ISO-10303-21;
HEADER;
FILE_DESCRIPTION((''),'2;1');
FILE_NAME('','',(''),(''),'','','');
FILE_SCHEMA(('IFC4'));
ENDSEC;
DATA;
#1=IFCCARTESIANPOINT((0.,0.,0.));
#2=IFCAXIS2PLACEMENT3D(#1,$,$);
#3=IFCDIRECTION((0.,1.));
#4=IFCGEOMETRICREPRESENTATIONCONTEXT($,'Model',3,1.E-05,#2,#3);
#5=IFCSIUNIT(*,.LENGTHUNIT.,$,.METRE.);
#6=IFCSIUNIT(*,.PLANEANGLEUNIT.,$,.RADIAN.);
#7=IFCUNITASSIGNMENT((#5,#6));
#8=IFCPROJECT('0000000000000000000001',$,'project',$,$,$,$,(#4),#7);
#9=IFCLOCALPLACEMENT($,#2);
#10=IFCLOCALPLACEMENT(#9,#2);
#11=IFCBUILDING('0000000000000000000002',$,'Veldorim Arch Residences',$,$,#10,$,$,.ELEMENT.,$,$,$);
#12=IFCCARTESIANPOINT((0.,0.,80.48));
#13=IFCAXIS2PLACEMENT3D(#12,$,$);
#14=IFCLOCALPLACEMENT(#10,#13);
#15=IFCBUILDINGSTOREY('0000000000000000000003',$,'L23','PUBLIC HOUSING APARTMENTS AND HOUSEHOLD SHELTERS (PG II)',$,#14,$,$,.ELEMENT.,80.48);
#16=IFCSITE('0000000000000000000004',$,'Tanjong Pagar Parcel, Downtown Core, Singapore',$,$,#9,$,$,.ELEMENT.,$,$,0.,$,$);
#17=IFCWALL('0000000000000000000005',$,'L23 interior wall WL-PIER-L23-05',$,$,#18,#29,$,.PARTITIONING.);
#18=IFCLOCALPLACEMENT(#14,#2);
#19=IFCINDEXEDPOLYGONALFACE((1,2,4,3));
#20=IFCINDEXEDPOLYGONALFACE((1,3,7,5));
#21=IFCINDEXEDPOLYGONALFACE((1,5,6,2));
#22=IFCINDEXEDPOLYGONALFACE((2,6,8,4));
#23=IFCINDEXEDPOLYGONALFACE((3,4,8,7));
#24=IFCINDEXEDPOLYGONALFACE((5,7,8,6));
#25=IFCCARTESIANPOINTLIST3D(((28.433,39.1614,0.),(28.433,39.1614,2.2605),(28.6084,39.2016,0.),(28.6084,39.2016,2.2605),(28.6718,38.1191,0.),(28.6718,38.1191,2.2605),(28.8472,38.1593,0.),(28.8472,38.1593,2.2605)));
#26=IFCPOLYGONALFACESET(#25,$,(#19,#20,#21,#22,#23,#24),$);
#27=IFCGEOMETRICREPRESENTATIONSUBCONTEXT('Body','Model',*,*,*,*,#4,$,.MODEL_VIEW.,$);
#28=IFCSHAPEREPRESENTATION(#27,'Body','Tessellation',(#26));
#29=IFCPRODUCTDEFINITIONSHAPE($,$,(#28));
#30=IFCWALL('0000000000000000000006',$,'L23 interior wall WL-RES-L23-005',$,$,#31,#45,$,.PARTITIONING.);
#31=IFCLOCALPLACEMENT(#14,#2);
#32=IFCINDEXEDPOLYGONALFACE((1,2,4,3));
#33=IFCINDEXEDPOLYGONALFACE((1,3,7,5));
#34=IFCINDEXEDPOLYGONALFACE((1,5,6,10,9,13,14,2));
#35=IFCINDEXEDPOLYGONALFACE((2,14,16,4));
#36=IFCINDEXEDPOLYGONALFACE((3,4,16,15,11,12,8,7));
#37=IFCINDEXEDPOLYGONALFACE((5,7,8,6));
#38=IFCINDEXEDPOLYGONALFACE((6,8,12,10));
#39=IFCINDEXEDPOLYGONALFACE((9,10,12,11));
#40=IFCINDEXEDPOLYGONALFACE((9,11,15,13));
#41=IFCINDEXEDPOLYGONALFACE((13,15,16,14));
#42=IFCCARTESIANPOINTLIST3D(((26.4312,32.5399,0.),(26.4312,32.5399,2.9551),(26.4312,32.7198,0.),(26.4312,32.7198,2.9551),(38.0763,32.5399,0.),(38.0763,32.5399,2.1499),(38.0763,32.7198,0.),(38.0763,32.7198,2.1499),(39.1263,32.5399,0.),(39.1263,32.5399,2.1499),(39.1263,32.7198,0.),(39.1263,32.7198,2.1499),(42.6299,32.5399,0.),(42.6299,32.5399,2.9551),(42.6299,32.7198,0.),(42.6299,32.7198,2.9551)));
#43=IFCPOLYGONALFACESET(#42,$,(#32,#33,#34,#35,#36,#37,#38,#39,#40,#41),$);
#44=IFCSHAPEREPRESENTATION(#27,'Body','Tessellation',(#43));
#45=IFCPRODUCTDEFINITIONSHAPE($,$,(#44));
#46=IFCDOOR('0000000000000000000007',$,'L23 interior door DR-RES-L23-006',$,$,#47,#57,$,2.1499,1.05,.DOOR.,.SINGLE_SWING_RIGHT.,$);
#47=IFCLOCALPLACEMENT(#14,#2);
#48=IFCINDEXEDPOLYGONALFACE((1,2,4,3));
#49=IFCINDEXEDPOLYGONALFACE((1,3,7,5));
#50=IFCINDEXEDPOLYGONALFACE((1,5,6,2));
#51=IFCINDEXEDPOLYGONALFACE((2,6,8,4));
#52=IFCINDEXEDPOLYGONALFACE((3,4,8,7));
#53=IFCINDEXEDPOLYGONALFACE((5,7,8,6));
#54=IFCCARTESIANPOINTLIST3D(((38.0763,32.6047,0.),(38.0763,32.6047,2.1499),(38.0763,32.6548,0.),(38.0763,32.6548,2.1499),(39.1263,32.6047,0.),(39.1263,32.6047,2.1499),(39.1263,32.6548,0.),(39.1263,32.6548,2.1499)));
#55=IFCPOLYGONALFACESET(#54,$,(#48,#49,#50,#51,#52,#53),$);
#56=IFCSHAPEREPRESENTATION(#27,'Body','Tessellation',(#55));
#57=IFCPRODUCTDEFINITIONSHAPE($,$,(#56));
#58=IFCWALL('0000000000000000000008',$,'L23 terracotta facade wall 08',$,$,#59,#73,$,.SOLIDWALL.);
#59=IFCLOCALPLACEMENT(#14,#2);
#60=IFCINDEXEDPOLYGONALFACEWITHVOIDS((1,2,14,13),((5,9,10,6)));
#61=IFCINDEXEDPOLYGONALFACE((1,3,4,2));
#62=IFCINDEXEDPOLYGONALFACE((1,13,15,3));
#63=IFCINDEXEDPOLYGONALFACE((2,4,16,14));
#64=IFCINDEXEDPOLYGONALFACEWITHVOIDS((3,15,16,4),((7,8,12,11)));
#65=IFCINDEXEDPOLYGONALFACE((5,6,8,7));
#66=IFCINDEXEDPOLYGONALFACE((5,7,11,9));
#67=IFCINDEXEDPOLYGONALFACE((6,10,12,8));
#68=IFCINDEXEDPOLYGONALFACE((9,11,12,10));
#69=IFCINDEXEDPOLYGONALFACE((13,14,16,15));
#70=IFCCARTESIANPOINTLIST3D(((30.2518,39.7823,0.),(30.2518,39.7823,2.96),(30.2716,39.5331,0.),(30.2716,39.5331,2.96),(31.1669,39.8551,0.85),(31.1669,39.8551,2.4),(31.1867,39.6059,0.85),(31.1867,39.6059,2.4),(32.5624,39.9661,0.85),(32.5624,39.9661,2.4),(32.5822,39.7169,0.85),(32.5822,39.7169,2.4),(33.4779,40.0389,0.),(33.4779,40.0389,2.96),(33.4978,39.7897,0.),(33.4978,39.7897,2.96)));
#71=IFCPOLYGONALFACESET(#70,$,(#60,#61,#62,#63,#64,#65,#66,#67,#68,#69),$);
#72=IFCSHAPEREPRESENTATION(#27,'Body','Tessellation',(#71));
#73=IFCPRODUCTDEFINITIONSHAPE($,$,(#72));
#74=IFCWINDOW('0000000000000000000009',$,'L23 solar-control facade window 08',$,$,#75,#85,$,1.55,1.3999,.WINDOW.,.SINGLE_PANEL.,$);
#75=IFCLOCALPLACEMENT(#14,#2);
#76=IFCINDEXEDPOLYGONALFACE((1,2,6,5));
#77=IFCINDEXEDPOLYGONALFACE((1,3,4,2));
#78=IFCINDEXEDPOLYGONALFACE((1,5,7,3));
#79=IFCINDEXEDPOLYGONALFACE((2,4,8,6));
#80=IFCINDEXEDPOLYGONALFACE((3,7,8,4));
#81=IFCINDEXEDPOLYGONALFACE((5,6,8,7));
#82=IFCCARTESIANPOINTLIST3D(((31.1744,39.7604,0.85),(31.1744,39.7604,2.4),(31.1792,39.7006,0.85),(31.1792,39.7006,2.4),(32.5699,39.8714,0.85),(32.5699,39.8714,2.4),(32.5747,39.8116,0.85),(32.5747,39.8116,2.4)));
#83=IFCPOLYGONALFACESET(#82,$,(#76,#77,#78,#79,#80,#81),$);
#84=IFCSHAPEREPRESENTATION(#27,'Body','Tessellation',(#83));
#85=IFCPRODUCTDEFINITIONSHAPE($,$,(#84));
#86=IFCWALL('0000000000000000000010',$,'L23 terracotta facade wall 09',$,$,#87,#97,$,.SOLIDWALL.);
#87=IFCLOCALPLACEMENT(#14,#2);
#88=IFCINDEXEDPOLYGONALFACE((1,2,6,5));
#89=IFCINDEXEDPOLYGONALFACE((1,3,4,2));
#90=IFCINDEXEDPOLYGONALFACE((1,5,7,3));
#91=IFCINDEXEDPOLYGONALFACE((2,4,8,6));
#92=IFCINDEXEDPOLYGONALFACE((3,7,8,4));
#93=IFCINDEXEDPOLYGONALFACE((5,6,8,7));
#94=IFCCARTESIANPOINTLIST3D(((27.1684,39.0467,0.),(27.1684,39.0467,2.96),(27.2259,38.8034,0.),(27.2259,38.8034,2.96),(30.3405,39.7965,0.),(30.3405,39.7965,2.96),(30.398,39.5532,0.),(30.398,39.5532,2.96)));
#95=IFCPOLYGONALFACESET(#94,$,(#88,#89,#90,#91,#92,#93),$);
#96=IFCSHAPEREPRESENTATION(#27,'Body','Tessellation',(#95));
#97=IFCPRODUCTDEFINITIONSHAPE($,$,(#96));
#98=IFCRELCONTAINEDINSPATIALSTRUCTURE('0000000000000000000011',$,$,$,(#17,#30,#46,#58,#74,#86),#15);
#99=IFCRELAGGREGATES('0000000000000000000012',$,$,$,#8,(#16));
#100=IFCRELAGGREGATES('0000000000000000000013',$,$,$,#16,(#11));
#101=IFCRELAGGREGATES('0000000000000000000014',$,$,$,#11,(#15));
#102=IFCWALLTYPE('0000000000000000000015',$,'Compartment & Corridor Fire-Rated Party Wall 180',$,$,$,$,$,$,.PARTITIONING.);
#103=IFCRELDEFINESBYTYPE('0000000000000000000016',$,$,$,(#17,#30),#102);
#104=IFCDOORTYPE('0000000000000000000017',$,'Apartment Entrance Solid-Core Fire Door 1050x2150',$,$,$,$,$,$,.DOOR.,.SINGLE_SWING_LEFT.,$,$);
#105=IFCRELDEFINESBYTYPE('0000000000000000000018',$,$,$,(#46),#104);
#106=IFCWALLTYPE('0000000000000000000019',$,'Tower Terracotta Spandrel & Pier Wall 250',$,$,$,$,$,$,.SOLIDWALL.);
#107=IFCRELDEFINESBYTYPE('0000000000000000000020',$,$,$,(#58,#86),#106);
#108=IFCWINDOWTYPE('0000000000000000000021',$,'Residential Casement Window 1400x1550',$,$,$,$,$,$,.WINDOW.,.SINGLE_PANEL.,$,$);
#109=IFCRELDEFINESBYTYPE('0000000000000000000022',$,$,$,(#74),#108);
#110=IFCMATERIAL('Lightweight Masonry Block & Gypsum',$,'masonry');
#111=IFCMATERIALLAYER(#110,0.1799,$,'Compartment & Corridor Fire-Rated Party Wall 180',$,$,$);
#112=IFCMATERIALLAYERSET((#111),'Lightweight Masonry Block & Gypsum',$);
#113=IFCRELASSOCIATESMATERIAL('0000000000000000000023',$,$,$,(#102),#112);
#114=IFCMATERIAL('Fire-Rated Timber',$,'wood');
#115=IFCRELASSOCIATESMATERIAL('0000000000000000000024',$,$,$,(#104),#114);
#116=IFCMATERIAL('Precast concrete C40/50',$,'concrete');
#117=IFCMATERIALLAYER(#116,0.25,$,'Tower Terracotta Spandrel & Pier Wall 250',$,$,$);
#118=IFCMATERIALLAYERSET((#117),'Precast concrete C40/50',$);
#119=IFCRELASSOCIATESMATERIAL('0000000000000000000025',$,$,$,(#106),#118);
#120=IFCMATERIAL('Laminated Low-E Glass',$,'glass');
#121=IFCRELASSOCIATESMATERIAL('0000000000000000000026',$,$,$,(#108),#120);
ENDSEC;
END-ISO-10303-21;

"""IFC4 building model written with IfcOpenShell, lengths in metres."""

from ifc_helpers import new_model, si_unit, direction, frame, frame_2d, origin, place, context, subcontext, project, spatial, rectangle, extrude, material, layer, layer_set, type_object, element, fill, save


model = new_model("IFC4")

# Units and contexts
model_context = context("Model", 3, precision=1e-05, world=origin(), true_north=direction((0.0, 1.0)))
body_context = subcontext(model_context, "Body", "Model", "MODEL_VIEW")
ifc_project = project(units=[si_unit("LENGTHUNIT", "METRE"), si_unit("PLANEANGLEUNIT", "RADIAN")], contexts=[model_context])

# Site, building, storey
site_placement = place(None, origin())
site = spatial("IfcSite", under=ifc_project, at=site_placement, Name="Tanjong Pagar Parcel, Downtown Core, Singapore", CompositionType="ELEMENT", RefElevation=0.0)
building_placement = place(site_placement, origin())
building = spatial("IfcBuilding", under=site, at=building_placement, Name="Veldorim Arch Residences", CompositionType="ELEMENT")
storey_placement = place(building_placement, frame((0.0, 0.0, 80.48)))
storey = spatial("IfcBuildingStorey", under=building, at=storey_placement, Name="L23", Description="PUBLIC HOUSING APARTMENTS AND HOUSEHOLD SHELTERS (PG II)", CompositionType="ELEMENT", Elevation=80.48)

# Wall
ifc_material_1 = material(Name="Lightweight Masonry Block & Gypsum", Category="masonry")
ifc_layer_1 = layer(ifc_material_1, 0.1799, Name="Compartment & Corridor Fire-Rated Party Wall 180")
ifc_layer_set_1 = layer_set([ifc_layer_1], Name="Lightweight Masonry Block & Gypsum")
wall_type_1 = type_object("IfcWallType", Name="Compartment & Corridor Fire-Rated Party Wall 180", PredefinedType="PARTITIONING", material=ifc_layer_set_1)
wall_1_placement = place(storey_placement, frame((28.7595, 38.1392, 0.0), z_axis=(0.0, 0.0, 1.0), x_axis=(-0.223308, 0.974748, 0.0)))
element("IfcWall", 1, at=wall_1_placement, inside=storey, type_object=wall_type_1, Name="L23 interior wall WL-PIER-L23-05", PredefinedType="PARTITIONING", context=body_context, shape_type="SweptSolid", body=[
    extrude(rectangle(XDim=1.0693, YDim=0.1799, at=frame_2d((0.5347, 0.0))), origin(), (0.0, 0.0, 1.0), 2.2605),
])

# Wall, opening, door
wall_2_placement = place(storey_placement, frame((26.4312, 32.6299, 0.0), z_axis=(0.0, 0.0, 1.0), x_axis=(1.0, 0.0, 0.0)))
wall_2 = element("IfcWall", 2, at=wall_2_placement, inside=storey, type_object=wall_type_1, Name="L23 interior wall WL-RES-L23-005", PredefinedType="PARTITIONING", context=body_context, shape_type="SweptSolid", body=[
    extrude(rectangle(XDim=16.1987, YDim=0.1799, at=frame_2d((8.0994, 0.0))), origin(), (0.0, 0.0, 1.0), 2.9551),
])
opening_1_placement = place(wall_2_placement, frame((11.6453, 0.0, 0.0)))
opening_1 = element("IfcOpeningElement", 3, at=opening_1_placement, cuts=wall_2, PredefinedType="OPENING", context=body_context, shape_type="SweptSolid", body=[
    extrude(rectangle(XDim=1.05, YDim=2.1499, at=frame_2d((0.5249, 1.075))), frame((0.0, 0.0999, 0.0), z_axis=(0.0, -1.0, 0.0), x_axis=(1.0, 0.0, 0.0)), (0.0, 0.0, 1.0), 0.2),
])
ifc_material_2 = material(Name="Fire-Rated Timber", Category="wood")
door_type_1 = type_object("IfcDoorType", Name="Apartment Entrance Solid-Core Fire Door 1050x2150", OperationType="SINGLE_SWING_LEFT", PredefinedType="DOOR", material=ifc_material_2)
door_1_placement = place(opening_1_placement, origin())
door_1 = element("IfcDoor", 4, at=door_1_placement, inside=storey, type_object=door_type_1, Name="L23 interior door DR-RES-L23-006", OperationType="SINGLE_SWING_RIGHT", OverallHeight=2.1499, OverallWidth=1.05, PredefinedType="DOOR", context=body_context, shape_type="SweptSolid", body=[
    extrude(rectangle(XDim=1.05, YDim=2.1499, at=frame_2d((0.5249, 1.075))), frame((0.0, 0.0249, 0.0), z_axis=(0.0, -1.0, 0.0), x_axis=(1.0, 0.0, 0.0)), (0.0, 0.0, 1.0), 0.05),
])
fill(opening_1, door_1)

# Wall, opening, window
ifc_material_3 = material(Name="Precast concrete C40/50", Category="concrete")
ifc_layer_2 = layer(ifc_material_3, 0.25, Name="Tower Terracotta Spandrel & Pier Wall 250")
ifc_layer_set_2 = layer_set([ifc_layer_2], Name="Precast concrete C40/50")
wall_type_2 = type_object("IfcWallType", Name="Tower Terracotta Spandrel & Pier Wall 250", PredefinedType="SOLIDWALL", material=ifc_layer_set_2)
wall_3_placement = place(storey_placement, frame((30.2617, 39.6577, 0.0), z_axis=(0.0, 0.0, 1.0), x_axis=(0.996852, 0.079286, 0.0)))
wall_3 = element("IfcWall", 5, at=wall_3_placement, inside=storey, type_object=wall_type_2, Name="L23 terracotta facade wall 08", PredefinedType="SOLIDWALL", context=body_context, shape_type="SweptSolid", body=[
    extrude(rectangle(XDim=3.2363, YDim=0.25, at=frame_2d((1.6182, 0.0))), origin(), (0.0, 0.0, 1.0), 2.96),
])
opening_2_placement = place(wall_3_placement, frame((0.918, 0.0, 0.8501)))
opening_2 = element("IfcOpeningElement", 6, at=opening_2_placement, cuts=wall_3, PredefinedType="OPENING", context=body_context, shape_type="SweptSolid", body=[
    extrude(rectangle(XDim=1.3999, YDim=1.55, at=frame_2d((0.7, 0.7749))), frame((0.0, 0.135, 0.0), z_axis=(0.0, -1.0, 0.0), x_axis=(1.0, 0.0, 0.0)), (0.0, 0.0, 1.0), 0.27),
])
ifc_material_4 = material(Name="Laminated Low-E Glass", Category="glass")
window_type = type_object("IfcWindowType", Name="Residential Casement Window 1400x1550", PartitioningType="SINGLE_PANEL", PredefinedType="WINDOW", material=ifc_material_4)
window_placement = place(opening_2_placement, origin())
window = element("IfcWindow", 7, at=window_placement, inside=storey, type_object=window_type, Name="L23 solar-control facade window 08", OverallHeight=1.55, OverallWidth=1.3999, PartitioningType="SINGLE_PANEL", PredefinedType="WINDOW", context=body_context, shape_type="SweptSolid", body=[
    extrude(rectangle(XDim=1.3999, YDim=1.55, at=frame_2d((0.7, 0.7749))), frame((0.0, 0.03, 0.0), z_axis=(0.0, -1.0, 0.0), x_axis=(1.0, 0.0, 0.0)), (0.0, 0.0, 1.0), 0.0601),
])
fill(opening_2, window)

# Wall
wall_4_placement = place(storey_placement, frame((27.197, 38.925, 0.0), z_axis=(0.0, 0.0, 1.0), x_axis=(0.973186, 0.23002, 0.0)))
element("IfcWall", 8, at=wall_4_placement, inside=storey, type_object=wall_type_2, Name="L23 terracotta facade wall 09", PredefinedType="SOLIDWALL", context=body_context, shape_type="SweptSolid", body=[
    extrude(rectangle(XDim=3.2595, YDim=0.25, at=frame_2d((1.6299, 0.0))), origin(), (0.0, 0.0, 1.0), 2.96),
])

save(model, "model.ifc")
